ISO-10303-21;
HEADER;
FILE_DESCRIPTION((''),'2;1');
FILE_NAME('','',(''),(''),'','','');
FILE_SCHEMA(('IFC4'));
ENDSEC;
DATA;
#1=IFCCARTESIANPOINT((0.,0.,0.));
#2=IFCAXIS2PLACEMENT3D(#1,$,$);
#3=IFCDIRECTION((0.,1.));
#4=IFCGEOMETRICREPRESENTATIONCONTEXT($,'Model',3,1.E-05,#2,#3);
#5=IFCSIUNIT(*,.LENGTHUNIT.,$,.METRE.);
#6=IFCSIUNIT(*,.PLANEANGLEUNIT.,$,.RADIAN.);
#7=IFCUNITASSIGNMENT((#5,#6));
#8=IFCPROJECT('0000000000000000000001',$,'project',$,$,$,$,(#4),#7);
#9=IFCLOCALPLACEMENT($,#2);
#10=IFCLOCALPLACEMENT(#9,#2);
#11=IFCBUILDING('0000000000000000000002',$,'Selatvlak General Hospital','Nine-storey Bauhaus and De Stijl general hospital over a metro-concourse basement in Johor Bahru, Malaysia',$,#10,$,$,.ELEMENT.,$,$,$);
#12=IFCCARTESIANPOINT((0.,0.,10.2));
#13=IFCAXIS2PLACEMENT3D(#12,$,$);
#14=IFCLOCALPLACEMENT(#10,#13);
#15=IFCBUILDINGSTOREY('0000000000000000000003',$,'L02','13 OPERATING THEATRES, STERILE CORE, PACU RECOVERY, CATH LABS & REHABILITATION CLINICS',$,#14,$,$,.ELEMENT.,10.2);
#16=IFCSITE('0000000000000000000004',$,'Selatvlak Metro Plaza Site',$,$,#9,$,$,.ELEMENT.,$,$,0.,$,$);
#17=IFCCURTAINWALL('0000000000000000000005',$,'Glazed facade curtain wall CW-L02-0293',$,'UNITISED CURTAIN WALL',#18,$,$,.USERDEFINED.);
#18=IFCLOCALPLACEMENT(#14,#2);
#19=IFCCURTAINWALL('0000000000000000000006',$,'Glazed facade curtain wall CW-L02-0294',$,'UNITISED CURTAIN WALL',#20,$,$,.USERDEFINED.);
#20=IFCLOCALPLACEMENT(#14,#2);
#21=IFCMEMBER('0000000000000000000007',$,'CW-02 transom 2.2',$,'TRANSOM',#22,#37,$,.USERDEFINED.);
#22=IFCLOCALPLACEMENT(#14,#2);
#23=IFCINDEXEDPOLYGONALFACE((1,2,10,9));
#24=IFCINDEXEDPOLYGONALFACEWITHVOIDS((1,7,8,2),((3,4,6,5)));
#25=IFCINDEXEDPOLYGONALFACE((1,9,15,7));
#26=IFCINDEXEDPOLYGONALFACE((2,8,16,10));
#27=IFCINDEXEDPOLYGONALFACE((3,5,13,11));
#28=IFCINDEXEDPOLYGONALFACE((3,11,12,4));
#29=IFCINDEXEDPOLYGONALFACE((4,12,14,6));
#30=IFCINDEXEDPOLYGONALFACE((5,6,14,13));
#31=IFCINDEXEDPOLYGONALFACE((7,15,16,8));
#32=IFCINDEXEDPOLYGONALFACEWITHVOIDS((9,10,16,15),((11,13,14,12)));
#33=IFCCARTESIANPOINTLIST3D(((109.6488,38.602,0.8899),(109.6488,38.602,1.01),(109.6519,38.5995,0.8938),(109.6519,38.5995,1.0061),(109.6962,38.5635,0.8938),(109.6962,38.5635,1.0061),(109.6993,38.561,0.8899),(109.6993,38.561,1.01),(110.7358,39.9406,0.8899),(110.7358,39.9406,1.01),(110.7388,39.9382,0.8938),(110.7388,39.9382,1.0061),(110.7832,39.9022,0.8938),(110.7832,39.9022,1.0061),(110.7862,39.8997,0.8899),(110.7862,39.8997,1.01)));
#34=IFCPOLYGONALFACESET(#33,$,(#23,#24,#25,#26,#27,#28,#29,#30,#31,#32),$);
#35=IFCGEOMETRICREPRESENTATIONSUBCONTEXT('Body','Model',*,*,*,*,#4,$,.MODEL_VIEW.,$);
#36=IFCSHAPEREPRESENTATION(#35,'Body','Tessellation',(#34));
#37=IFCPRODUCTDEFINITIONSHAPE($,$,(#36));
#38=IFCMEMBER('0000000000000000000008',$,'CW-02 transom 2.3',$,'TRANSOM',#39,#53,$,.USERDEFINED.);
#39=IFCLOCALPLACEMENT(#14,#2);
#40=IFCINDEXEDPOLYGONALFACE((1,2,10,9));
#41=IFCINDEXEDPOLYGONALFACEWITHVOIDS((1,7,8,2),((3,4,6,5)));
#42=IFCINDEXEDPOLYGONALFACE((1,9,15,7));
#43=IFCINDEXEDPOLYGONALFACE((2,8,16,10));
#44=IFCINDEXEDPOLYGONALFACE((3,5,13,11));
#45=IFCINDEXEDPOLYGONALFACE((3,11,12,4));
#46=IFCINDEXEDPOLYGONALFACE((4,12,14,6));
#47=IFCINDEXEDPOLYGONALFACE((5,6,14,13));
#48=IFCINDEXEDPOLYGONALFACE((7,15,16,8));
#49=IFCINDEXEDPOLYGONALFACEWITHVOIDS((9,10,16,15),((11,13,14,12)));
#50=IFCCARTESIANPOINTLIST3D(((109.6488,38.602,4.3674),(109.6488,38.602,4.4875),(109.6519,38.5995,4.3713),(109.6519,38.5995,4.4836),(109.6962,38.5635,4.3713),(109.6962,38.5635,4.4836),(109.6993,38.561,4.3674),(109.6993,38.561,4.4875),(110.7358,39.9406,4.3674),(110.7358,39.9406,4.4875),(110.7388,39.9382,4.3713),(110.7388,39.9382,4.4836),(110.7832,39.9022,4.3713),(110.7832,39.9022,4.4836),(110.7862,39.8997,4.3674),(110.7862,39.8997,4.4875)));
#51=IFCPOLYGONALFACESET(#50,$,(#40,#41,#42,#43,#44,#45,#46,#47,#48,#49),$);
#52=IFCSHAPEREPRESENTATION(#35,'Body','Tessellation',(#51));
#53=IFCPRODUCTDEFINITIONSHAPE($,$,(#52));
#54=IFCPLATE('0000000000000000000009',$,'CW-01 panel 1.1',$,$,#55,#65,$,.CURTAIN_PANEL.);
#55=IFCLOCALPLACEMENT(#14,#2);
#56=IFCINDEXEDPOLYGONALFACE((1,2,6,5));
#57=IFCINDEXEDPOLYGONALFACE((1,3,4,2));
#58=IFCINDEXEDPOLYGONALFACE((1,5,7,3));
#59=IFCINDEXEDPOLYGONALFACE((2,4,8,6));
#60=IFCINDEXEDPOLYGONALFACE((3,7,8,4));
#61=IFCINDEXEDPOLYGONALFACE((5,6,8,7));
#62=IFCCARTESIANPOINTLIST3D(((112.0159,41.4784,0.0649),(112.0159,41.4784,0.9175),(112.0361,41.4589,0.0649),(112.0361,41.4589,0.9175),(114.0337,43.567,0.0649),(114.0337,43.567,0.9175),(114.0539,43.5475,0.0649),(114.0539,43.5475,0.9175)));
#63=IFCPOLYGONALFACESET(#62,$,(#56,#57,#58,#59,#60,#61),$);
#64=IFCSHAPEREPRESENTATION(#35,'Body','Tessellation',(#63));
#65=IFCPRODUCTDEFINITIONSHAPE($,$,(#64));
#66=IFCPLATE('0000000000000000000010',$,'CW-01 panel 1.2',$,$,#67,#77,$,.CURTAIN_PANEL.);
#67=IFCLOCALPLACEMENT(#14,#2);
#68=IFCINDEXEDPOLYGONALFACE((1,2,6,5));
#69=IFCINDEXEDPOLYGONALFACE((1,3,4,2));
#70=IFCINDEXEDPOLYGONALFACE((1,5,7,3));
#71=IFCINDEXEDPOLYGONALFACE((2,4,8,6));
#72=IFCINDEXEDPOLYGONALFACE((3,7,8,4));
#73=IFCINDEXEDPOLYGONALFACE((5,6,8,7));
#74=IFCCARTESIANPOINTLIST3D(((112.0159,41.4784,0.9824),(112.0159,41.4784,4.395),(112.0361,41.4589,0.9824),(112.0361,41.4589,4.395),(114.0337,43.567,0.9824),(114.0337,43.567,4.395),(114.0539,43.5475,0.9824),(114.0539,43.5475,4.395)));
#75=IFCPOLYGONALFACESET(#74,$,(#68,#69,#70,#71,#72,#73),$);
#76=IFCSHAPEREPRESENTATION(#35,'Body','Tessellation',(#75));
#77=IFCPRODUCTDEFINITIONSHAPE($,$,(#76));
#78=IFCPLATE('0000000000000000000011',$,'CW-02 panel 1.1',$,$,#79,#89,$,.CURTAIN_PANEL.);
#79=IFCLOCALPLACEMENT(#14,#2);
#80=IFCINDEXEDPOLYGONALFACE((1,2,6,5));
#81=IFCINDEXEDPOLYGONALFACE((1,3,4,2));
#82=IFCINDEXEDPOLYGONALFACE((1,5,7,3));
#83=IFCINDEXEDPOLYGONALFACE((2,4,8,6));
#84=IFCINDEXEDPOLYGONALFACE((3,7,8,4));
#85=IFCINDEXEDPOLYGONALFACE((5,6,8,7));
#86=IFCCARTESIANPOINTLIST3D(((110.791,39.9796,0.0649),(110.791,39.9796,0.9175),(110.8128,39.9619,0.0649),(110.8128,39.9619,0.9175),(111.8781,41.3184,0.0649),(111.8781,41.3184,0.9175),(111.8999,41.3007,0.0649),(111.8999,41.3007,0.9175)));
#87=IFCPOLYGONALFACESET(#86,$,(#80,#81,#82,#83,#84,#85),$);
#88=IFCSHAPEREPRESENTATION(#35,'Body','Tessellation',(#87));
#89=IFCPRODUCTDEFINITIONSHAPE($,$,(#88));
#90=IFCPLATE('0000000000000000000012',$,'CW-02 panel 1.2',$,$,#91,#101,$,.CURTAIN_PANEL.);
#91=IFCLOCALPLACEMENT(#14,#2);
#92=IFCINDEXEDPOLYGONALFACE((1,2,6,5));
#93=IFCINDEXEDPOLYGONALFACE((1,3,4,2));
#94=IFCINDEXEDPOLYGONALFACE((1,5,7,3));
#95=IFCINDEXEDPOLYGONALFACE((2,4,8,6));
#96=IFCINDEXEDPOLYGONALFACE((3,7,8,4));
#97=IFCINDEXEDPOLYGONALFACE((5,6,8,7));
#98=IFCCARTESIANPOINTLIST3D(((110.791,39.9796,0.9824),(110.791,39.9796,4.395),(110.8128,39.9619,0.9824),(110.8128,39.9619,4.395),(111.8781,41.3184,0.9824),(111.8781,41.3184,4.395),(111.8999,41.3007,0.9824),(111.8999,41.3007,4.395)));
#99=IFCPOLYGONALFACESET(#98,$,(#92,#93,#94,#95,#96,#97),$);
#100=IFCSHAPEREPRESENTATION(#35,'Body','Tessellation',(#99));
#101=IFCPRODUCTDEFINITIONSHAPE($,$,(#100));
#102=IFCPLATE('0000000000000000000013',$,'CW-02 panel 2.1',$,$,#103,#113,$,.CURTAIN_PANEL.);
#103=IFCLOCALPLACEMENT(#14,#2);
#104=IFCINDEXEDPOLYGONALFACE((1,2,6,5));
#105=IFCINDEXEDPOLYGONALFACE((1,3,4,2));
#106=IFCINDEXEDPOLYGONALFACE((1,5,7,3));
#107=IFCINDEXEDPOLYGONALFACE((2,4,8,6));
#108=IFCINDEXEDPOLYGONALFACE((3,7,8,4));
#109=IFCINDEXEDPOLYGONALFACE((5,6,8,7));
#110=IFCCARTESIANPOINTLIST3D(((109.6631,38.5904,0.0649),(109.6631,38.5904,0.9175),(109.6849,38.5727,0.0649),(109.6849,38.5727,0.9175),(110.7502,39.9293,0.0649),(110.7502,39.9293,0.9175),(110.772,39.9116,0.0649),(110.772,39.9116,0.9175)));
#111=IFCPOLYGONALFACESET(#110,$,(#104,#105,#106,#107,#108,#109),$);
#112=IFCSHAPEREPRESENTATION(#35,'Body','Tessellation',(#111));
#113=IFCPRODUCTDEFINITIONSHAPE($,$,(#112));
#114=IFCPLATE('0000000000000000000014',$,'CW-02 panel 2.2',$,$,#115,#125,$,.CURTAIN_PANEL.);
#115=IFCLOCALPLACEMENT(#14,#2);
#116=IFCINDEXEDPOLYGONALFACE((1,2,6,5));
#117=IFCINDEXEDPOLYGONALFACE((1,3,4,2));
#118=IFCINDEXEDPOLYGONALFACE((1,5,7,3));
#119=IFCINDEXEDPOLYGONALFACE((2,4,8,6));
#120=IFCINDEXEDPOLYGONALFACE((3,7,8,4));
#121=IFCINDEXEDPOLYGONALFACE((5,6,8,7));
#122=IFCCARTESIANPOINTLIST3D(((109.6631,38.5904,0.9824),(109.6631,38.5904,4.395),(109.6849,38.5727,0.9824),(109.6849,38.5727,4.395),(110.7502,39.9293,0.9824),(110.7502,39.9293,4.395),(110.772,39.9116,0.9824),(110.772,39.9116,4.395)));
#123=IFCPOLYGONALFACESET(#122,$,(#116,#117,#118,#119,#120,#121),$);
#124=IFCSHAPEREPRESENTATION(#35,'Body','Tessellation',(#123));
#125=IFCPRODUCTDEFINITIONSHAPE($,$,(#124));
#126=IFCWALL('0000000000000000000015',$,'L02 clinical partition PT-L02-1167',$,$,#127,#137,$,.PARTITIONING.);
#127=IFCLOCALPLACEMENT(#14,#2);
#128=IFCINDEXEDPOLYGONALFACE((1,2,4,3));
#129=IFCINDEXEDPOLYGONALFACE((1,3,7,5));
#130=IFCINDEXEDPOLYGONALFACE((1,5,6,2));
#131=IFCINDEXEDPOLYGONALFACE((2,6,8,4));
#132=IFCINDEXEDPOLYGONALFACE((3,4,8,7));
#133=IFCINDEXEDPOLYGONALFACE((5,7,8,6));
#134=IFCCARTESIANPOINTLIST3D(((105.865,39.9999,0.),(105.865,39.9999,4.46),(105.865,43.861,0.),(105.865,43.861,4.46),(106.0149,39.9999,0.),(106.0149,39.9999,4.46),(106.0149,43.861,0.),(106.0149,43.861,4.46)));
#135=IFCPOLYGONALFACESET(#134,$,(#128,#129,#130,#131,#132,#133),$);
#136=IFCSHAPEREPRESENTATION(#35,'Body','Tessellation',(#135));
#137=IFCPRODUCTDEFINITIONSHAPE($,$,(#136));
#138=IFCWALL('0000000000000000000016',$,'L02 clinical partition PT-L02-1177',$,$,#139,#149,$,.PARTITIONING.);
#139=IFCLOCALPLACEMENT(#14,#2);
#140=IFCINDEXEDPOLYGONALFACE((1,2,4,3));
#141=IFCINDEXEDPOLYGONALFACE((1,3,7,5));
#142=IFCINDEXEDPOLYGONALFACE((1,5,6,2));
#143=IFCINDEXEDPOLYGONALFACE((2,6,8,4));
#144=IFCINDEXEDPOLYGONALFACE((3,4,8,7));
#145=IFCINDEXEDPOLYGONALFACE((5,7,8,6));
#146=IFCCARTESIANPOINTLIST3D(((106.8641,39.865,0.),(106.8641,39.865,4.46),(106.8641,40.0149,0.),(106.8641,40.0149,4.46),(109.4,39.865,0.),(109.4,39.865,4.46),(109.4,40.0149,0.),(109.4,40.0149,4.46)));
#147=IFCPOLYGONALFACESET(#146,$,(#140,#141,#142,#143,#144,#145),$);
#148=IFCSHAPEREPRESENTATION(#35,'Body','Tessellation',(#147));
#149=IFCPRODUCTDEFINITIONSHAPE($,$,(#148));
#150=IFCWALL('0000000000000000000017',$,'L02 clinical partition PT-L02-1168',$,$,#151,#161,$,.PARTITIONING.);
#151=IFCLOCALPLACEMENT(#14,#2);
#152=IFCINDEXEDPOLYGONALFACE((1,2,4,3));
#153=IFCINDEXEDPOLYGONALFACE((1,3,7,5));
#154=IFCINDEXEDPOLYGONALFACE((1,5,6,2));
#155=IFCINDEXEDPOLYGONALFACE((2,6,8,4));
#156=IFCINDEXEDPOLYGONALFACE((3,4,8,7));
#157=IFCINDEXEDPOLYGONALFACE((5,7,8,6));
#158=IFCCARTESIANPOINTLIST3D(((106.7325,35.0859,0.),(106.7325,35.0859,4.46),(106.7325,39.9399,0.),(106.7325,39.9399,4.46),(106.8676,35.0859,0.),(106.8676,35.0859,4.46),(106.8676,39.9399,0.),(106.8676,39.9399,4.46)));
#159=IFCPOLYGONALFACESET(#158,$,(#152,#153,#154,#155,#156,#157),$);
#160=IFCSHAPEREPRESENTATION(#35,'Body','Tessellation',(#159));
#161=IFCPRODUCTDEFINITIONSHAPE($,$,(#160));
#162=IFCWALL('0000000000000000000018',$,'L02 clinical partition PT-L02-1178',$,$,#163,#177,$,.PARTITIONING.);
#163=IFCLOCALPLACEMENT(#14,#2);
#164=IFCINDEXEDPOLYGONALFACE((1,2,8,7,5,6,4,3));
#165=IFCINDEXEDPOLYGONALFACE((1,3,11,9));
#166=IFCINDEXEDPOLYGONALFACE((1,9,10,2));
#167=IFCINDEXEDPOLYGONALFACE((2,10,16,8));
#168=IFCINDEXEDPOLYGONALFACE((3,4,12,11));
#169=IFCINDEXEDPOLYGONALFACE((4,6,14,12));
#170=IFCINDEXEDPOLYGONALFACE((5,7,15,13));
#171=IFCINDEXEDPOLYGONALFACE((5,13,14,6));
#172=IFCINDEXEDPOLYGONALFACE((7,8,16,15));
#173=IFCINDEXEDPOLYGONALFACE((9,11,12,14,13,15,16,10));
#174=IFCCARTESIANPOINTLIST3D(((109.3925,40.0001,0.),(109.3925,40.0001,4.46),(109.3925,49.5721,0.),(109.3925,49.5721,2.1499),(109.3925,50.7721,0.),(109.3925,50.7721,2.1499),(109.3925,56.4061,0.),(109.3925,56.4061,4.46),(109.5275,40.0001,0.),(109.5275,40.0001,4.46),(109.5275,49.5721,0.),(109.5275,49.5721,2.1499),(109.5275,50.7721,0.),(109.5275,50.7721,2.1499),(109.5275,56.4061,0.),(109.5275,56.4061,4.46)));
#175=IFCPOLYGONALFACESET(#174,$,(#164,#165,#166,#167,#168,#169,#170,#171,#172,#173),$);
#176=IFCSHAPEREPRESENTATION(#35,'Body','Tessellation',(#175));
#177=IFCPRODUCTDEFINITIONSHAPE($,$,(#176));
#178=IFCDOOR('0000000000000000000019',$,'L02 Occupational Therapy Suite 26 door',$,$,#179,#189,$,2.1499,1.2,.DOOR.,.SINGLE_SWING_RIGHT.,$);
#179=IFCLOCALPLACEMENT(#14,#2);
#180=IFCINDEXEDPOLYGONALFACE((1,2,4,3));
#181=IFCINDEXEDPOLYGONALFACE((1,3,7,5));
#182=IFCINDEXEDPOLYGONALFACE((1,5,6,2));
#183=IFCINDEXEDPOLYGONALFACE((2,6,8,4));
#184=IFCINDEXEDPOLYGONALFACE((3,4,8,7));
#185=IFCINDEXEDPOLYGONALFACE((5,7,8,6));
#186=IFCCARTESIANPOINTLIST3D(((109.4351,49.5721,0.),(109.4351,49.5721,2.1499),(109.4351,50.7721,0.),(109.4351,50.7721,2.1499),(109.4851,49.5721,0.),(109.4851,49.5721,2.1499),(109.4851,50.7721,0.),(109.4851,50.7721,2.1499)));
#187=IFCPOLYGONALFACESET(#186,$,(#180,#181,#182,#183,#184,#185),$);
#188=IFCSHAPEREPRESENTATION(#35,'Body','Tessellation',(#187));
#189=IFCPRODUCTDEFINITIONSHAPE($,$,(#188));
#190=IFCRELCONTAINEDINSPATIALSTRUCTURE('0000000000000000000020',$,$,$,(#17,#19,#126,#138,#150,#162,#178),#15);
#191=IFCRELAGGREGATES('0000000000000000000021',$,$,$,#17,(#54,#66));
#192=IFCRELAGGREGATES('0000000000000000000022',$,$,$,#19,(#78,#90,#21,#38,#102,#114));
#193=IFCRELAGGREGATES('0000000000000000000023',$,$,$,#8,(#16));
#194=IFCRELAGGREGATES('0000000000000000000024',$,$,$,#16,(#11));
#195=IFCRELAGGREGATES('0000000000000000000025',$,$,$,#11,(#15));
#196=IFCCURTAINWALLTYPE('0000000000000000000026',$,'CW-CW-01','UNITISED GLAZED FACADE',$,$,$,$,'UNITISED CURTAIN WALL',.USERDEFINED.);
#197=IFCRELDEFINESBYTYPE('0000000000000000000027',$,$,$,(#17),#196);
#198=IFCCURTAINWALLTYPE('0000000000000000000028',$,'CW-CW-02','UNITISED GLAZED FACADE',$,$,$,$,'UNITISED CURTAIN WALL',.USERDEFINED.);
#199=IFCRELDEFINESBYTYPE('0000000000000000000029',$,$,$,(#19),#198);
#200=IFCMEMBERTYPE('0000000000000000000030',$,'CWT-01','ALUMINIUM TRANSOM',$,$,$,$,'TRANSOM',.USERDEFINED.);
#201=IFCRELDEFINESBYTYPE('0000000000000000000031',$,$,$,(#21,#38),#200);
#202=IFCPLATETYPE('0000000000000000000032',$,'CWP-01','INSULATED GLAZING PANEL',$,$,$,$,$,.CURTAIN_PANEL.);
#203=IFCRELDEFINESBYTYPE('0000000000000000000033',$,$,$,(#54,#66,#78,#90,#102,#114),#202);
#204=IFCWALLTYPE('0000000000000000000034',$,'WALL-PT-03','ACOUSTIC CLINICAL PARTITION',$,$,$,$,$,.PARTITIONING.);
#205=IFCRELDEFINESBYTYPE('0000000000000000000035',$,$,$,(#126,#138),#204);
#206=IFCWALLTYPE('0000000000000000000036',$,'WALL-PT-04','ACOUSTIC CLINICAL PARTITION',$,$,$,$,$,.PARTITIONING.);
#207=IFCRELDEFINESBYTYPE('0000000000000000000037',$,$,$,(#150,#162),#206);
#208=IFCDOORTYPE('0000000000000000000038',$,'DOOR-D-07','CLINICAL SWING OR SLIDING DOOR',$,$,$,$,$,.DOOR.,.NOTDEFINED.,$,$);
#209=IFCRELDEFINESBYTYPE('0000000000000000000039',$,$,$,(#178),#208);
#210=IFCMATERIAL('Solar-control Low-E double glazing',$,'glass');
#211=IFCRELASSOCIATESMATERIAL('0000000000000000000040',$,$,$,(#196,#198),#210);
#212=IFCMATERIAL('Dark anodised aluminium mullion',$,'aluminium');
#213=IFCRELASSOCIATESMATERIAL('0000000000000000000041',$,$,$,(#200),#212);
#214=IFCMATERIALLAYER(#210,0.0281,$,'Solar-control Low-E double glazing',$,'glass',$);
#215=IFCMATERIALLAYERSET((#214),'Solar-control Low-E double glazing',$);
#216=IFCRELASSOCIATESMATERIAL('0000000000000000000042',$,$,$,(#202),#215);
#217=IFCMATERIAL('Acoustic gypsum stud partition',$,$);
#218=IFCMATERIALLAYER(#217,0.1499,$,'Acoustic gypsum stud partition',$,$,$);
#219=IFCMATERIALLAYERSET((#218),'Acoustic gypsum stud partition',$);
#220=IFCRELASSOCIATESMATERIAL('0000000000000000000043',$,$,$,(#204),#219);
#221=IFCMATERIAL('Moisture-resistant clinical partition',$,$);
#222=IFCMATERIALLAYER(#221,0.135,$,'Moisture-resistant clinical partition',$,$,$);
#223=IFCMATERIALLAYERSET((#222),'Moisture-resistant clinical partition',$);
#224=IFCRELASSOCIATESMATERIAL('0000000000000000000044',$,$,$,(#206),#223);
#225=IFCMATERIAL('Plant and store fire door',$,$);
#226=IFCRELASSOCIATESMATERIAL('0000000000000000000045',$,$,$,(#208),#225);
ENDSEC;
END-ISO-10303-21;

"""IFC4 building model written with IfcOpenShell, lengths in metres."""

from ifc_helpers import new_model, si_unit, direction, frame, frame_2d, origin, origin_2d, place, context, subcontext, project, spatial, rectangle, hollow_rectangle, extrude, material, layer, layer_set, material_profile, profile_set, type_object, element, fill, aggregate, save


model = new_model("IFC4")

# Units and contexts
model_context = context("Model", 3, precision=1e-05, world=origin(), true_north=direction((0.0, 1.0)))
body_context = subcontext(model_context, "Body", "Model", "MODEL_VIEW")
ifc_project = project(units=[si_unit("LENGTHUNIT", "METRE"), si_unit("PLANEANGLEUNIT", "RADIAN")], contexts=[model_context])

# Site, building, storey
site_placement = place(None, origin())
site = spatial("IfcSite", under=ifc_project, at=site_placement, Name="Selatvlak Metro Plaza Site", CompositionType="ELEMENT", RefElevation=0.0)
building_placement = place(site_placement, origin())
building = spatial("IfcBuilding", under=site, at=building_placement, Name="Selatvlak General Hospital", Description="Nine-storey Bauhaus and De Stijl general hospital over a metro-concourse basement in Johor Bahru, Malaysia", CompositionType="ELEMENT")
storey_placement = place(building_placement, frame((0.0, 0.0, 10.2)))
storey = spatial("IfcBuildingStorey", under=building, at=storey_placement, Name="L02", Description="13 OPERATING THEATRES, STERILE CORE, PACU RECOVERY, CATH LABS & REHABILITATION CLINICS", CompositionType="ELEMENT", Elevation=10.2)

# Curtain wall
ifc_material_1 = material(Name="Solar-control Low-E double glazing", Category="glass")
curtain_wall_type_1 = type_object("IfcCurtainWallType", Name="CW-CW-01", Description="UNITISED GLAZED FACADE", ElementType="UNITISED CURTAIN WALL", PredefinedType="USERDEFINED", material=ifc_material_1)
curtain_wall_1_placement = place(storey_placement, origin())
curtain_wall_1 = element("IfcCurtainWall", 1, at=curtain_wall_1_placement, inside=storey, type_object=curtain_wall_type_1, Name="Glazed facade curtain wall CW-L02-0293", ObjectType="UNITISED CURTAIN WALL", PredefinedType="USERDEFINED")
ifc_material_2 = material(Name="Dark anodised aluminium mullion", Category="aluminium")

# Curtain wall, members
curtain_wall_type_2 = type_object("IfcCurtainWallType", Name="CW-CW-02", Description="UNITISED GLAZED FACADE", ElementType="UNITISED CURTAIN WALL", PredefinedType="USERDEFINED", material=ifc_material_1)
curtain_wall_2_placement = place(storey_placement, origin())
curtain_wall_2 = element("IfcCurtainWall", 2, at=curtain_wall_2_placement, inside=storey, type_object=curtain_wall_type_2, Name="Glazed facade curtain wall CW-L02-0294", ObjectType="UNITISED CURTAIN WALL", PredefinedType="USERDEFINED")
ifc_material_profile_1 = material_profile(ifc_material_2, hollow_rectangle(XDim=0.0649, YDim=0.1201, WallThickness=0.0039, at=origin_2d()), Name="AL-TRN 65x120x4")
ifc_profile_set_1 = profile_set([ifc_material_profile_1], Name="Dark anodised aluminium mullion")
member_type_1 = type_object("IfcMemberType", Name="CWT-01", Description="ALUMINIUM TRANSOM", ElementType="TRANSOM", PredefinedType="USERDEFINED", material=ifc_profile_set_1)
member_1_placement = place(storey_placement, frame((110.761, 39.9202, 0.95), z_axis=(-0.630342, -0.776318, 0.0), x_axis=(0.776318, -0.630342, 0.0)))
member_1 = element("IfcMember", 3, at=member_1_placement, type_object=member_type_1, Name="CW-02 transom 2.2", ObjectType="TRANSOM", PredefinedType="USERDEFINED", context=body_context, shape_type="SweptSolid", body=[
    extrude(hollow_rectangle(XDim=0.0649, YDim=0.1201, WallThickness=0.0039, at=origin_2d()), origin(), (0.0, 0.0, 1.0), 1.7244),
])
member_2_placement = place(storey_placement, frame((110.761, 39.9202, 4.4275), z_axis=(-0.630342, -0.776318, 0.0), x_axis=(0.776318, -0.630342, 0.0)))
member_2 = element("IfcMember", 4, at=member_2_placement, type_object=member_type_1, Name="CW-02 transom 2.3", ObjectType="TRANSOM", PredefinedType="USERDEFINED", context=body_context, shape_type="SweptSolid", body=[
    extrude(hollow_rectangle(XDim=0.0649, YDim=0.1201, WallThickness=0.0039, at=origin_2d()), origin(), (0.0, 0.0, 1.0), 1.7244),
])

# Plates
ifc_layer_1 = layer(ifc_material_1, 0.0281, Name="Solar-control Low-E double glazing", Category="glass")
ifc_layer_set_1 = layer_set([ifc_layer_1], Name="Solar-control Low-E double glazing")
plate_type = type_object("IfcPlateType", Name="CWP-01", Description="INSULATED GLAZING PANEL", PredefinedType="CURTAIN_PANEL", material=ifc_layer_set_1)
plate_1_placement = place(storey_placement, frame((113.0349, 42.5129, 0.0649), z_axis=(0.0, 0.0, 1.0), x_axis=(-0.694806, -0.719197, 0.0)))
plate_1 = element("IfcPlate", 5, at=plate_1_placement, type_object=plate_type, Name="CW-01 panel 1.1", PredefinedType="CURTAIN_PANEL", context=body_context, shape_type="SweptSolid", body=[
    extrude(rectangle(XDim=2.9041, YDim=0.0281, at=origin_2d()), origin(), (0.0, 0.0, 1.0), 0.8525),
])
plate_2_placement = place(storey_placement, frame((113.0349, 42.5129, 0.9824), z_axis=(0.0, 0.0, 1.0), x_axis=(-0.694806, -0.719197, 0.0)))
plate_2 = element("IfcPlate", 6, at=plate_2_placement, type_object=plate_type, Name="CW-01 panel 1.2", PredefinedType="CURTAIN_PANEL", context=body_context, shape_type="SweptSolid", body=[
    extrude(rectangle(XDim=2.9041, YDim=0.0281, at=origin_2d()), origin(), (0.0, 0.0, 1.0), 3.4126),
])
aggregate(curtain_wall_1, [plate_1, plate_2])
plate_3_placement = place(storey_placement, frame((111.3455, 40.6401, 0.0649), z_axis=(0.0, 0.0, 1.0), x_axis=(-0.630334, -0.776324, 0.0)))
plate_3 = element("IfcPlate", 7, at=plate_3_placement, type_object=plate_type, Name="CW-02 panel 1.1", PredefinedType="CURTAIN_PANEL", context=body_context, shape_type="SweptSolid", body=[
    extrude(rectangle(XDim=1.7246, YDim=0.0281, at=origin_2d()), origin(), (0.0, 0.0, 1.0), 0.8525),
])
plate_4_placement = place(storey_placement, frame((111.3455, 40.6401, 0.9824), z_axis=(0.0, 0.0, 1.0), x_axis=(-0.630334, -0.776324, 0.0)))
plate_4 = element("IfcPlate", 8, at=plate_4_placement, type_object=plate_type, Name="CW-02 panel 1.2", PredefinedType="CURTAIN_PANEL", context=body_context, shape_type="SweptSolid", body=[
    extrude(rectangle(XDim=1.7246, YDim=0.0281, at=origin_2d()), origin(), (0.0, 0.0, 1.0), 3.4126),
])
plate_5_placement = place(storey_placement, frame((110.2175, 39.251, 0.0649), z_axis=(0.0, 0.0, 1.0), x_axis=(-0.630334, -0.776324, 0.0)))
plate_5 = element("IfcPlate", 9, at=plate_5_placement, type_object=plate_type, Name="CW-02 panel 2.1", PredefinedType="CURTAIN_PANEL", context=body_context, shape_type="SweptSolid", body=[
    extrude(rectangle(XDim=1.7246, YDim=0.0281, at=origin_2d()), origin(), (0.0, 0.0, 1.0), 0.8525),
])
plate_6_placement = place(storey_placement, frame((110.2175, 39.251, 0.9824), z_axis=(0.0, 0.0, 1.0), x_axis=(-0.630334, -0.776324, 0.0)))
plate_6 = element("IfcPlate", 10, at=plate_6_placement, type_object=plate_type, Name="CW-02 panel 2.2", PredefinedType="CURTAIN_PANEL", context=body_context, shape_type="SweptSolid", body=[
    extrude(rectangle(XDim=1.7246, YDim=0.0281, at=origin_2d()), origin(), (0.0, 0.0, 1.0), 3.4126),
])
aggregate(curtain_wall_2, [plate_3, plate_4, member_1, member_2, plate_5, plate_6])

# Walls
ifc_material_3 = material(Name="Acoustic gypsum stud partition")
ifc_layer_2 = layer(ifc_material_3, 0.1499, Name="Acoustic gypsum stud partition")
ifc_layer_set_2 = layer_set([ifc_layer_2], Name="Acoustic gypsum stud partition")
wall_type_1 = type_object("IfcWallType", Name="WALL-PT-03", Description="ACOUSTIC CLINICAL PARTITION", PredefinedType="PARTITIONING", material=ifc_layer_set_2)
wall_1_placement = place(storey_placement, frame((105.9399, 43.8611, 0.0), z_axis=(0.0, 0.0, 1.0), x_axis=(0.0, -1.0, 0.0)))
element("IfcWall", 11, at=wall_1_placement, inside=storey, type_object=wall_type_1, Name="L02 clinical partition PT-L02-1167", PredefinedType="PARTITIONING", context=body_context, shape_type="SweptSolid", body=[
    extrude(rectangle(XDim=3.8611, YDim=0.1499, at=frame_2d((1.9307, 0.0))), origin(), (0.0, 0.0, 1.0), 4.46),
])
wall_2_placement = place(storey_placement, frame((106.864, 39.9399, 0.0), z_axis=(0.0, 0.0, 1.0), x_axis=(1.0, 0.0, 0.0)))
element("IfcWall", 12, at=wall_2_placement, inside=storey, type_object=wall_type_1, Name="L02 clinical partition PT-L02-1177", PredefinedType="PARTITIONING", context=body_context, shape_type="SweptSolid", body=[
    extrude(rectangle(XDim=2.5359, YDim=0.1499, at=frame_2d((1.2681, 0.0))), origin(), (0.0, 0.0, 1.0), 4.46),
])
ifc_material_4 = material(Name="Moisture-resistant clinical partition")
ifc_layer_3 = layer(ifc_material_4, 0.135, Name="Moisture-resistant clinical partition")
ifc_layer_set_3 = layer_set([ifc_layer_3], Name="Moisture-resistant clinical partition")
wall_type_2 = type_object("IfcWallType", Name="WALL-PT-04", Description="ACOUSTIC CLINICAL PARTITION", PredefinedType="PARTITIONING", material=ifc_layer_set_3)
wall_3_placement = place(storey_placement, frame((106.8, 39.9399, 0.0), z_axis=(0.0, 0.0, 1.0), x_axis=(0.0, -1.0, 0.0)))
element("IfcWall", 13, at=wall_3_placement, inside=storey, type_object=wall_type_2, Name="L02 clinical partition PT-L02-1168", PredefinedType="PARTITIONING", context=body_context, shape_type="SweptSolid", body=[
    extrude(rectangle(XDim=4.854, YDim=0.135, at=frame_2d((2.427, 0.0))), origin(), (0.0, 0.0, 1.0), 4.46),
])

# Wall, opening, door
wall_4_placement = place(storey_placement, frame((109.46, 40.0, 0.0), z_axis=(0.0, 0.0, 1.0), x_axis=(0.0, 1.0, 0.0)))
wall_4 = element("IfcWall", 14, at=wall_4_placement, inside=storey, type_object=wall_type_2, Name="L02 clinical partition PT-L02-1178", PredefinedType="PARTITIONING", context=body_context, shape_type="SweptSolid", body=[
    extrude(rectangle(XDim=16.406, YDim=0.135, at=frame_2d((8.2031, 0.0))), origin(), (0.0, 0.0, 1.0), 4.46),
])
opening_placement = place(wall_4_placement, frame((9.572, 0.0, 0.0)))
opening = element("IfcOpeningElement", 15, at=opening_placement, cuts=wall_4, PredefinedType="OPENING", context=body_context, shape_type="SweptSolid", body=[
    extrude(rectangle(XDim=1.2, YDim=2.1499, at=frame_2d((0.6001, 1.075))), frame((0.0, 0.0774, 0.0), z_axis=(0.0, -1.0, 0.0), x_axis=(1.0, 0.0, 0.0)), (0.0, 0.0, 1.0), 0.155),
])
ifc_material_5 = material(Name="Plant and store fire door")
door_type = type_object("IfcDoorType", Name="DOOR-D-07", Description="CLINICAL SWING OR SLIDING DOOR", OperationType="NOTDEFINED", PredefinedType="DOOR", material=ifc_material_5)
door_placement = place(opening_placement, origin())
door = element("IfcDoor", 16, at=door_placement, inside=storey, type_object=door_type, Name="L02 Occupational Therapy Suite 26 door", OperationType="SINGLE_SWING_RIGHT", OverallHeight=2.1499, OverallWidth=1.2, PredefinedType="DOOR", context=body_context, shape_type="SweptSolid", body=[
    extrude(rectangle(XDim=1.2, YDim=2.1499, at=frame_2d((0.6001, 1.075))), frame((0.0, 0.0249, 0.0), z_axis=(0.0, -1.0, 0.0), x_axis=(1.0, 0.0, 0.0)), (0.0, 0.0, 1.0), 0.05),
])
fill(opening, door)

save(model, "model.ifc")
